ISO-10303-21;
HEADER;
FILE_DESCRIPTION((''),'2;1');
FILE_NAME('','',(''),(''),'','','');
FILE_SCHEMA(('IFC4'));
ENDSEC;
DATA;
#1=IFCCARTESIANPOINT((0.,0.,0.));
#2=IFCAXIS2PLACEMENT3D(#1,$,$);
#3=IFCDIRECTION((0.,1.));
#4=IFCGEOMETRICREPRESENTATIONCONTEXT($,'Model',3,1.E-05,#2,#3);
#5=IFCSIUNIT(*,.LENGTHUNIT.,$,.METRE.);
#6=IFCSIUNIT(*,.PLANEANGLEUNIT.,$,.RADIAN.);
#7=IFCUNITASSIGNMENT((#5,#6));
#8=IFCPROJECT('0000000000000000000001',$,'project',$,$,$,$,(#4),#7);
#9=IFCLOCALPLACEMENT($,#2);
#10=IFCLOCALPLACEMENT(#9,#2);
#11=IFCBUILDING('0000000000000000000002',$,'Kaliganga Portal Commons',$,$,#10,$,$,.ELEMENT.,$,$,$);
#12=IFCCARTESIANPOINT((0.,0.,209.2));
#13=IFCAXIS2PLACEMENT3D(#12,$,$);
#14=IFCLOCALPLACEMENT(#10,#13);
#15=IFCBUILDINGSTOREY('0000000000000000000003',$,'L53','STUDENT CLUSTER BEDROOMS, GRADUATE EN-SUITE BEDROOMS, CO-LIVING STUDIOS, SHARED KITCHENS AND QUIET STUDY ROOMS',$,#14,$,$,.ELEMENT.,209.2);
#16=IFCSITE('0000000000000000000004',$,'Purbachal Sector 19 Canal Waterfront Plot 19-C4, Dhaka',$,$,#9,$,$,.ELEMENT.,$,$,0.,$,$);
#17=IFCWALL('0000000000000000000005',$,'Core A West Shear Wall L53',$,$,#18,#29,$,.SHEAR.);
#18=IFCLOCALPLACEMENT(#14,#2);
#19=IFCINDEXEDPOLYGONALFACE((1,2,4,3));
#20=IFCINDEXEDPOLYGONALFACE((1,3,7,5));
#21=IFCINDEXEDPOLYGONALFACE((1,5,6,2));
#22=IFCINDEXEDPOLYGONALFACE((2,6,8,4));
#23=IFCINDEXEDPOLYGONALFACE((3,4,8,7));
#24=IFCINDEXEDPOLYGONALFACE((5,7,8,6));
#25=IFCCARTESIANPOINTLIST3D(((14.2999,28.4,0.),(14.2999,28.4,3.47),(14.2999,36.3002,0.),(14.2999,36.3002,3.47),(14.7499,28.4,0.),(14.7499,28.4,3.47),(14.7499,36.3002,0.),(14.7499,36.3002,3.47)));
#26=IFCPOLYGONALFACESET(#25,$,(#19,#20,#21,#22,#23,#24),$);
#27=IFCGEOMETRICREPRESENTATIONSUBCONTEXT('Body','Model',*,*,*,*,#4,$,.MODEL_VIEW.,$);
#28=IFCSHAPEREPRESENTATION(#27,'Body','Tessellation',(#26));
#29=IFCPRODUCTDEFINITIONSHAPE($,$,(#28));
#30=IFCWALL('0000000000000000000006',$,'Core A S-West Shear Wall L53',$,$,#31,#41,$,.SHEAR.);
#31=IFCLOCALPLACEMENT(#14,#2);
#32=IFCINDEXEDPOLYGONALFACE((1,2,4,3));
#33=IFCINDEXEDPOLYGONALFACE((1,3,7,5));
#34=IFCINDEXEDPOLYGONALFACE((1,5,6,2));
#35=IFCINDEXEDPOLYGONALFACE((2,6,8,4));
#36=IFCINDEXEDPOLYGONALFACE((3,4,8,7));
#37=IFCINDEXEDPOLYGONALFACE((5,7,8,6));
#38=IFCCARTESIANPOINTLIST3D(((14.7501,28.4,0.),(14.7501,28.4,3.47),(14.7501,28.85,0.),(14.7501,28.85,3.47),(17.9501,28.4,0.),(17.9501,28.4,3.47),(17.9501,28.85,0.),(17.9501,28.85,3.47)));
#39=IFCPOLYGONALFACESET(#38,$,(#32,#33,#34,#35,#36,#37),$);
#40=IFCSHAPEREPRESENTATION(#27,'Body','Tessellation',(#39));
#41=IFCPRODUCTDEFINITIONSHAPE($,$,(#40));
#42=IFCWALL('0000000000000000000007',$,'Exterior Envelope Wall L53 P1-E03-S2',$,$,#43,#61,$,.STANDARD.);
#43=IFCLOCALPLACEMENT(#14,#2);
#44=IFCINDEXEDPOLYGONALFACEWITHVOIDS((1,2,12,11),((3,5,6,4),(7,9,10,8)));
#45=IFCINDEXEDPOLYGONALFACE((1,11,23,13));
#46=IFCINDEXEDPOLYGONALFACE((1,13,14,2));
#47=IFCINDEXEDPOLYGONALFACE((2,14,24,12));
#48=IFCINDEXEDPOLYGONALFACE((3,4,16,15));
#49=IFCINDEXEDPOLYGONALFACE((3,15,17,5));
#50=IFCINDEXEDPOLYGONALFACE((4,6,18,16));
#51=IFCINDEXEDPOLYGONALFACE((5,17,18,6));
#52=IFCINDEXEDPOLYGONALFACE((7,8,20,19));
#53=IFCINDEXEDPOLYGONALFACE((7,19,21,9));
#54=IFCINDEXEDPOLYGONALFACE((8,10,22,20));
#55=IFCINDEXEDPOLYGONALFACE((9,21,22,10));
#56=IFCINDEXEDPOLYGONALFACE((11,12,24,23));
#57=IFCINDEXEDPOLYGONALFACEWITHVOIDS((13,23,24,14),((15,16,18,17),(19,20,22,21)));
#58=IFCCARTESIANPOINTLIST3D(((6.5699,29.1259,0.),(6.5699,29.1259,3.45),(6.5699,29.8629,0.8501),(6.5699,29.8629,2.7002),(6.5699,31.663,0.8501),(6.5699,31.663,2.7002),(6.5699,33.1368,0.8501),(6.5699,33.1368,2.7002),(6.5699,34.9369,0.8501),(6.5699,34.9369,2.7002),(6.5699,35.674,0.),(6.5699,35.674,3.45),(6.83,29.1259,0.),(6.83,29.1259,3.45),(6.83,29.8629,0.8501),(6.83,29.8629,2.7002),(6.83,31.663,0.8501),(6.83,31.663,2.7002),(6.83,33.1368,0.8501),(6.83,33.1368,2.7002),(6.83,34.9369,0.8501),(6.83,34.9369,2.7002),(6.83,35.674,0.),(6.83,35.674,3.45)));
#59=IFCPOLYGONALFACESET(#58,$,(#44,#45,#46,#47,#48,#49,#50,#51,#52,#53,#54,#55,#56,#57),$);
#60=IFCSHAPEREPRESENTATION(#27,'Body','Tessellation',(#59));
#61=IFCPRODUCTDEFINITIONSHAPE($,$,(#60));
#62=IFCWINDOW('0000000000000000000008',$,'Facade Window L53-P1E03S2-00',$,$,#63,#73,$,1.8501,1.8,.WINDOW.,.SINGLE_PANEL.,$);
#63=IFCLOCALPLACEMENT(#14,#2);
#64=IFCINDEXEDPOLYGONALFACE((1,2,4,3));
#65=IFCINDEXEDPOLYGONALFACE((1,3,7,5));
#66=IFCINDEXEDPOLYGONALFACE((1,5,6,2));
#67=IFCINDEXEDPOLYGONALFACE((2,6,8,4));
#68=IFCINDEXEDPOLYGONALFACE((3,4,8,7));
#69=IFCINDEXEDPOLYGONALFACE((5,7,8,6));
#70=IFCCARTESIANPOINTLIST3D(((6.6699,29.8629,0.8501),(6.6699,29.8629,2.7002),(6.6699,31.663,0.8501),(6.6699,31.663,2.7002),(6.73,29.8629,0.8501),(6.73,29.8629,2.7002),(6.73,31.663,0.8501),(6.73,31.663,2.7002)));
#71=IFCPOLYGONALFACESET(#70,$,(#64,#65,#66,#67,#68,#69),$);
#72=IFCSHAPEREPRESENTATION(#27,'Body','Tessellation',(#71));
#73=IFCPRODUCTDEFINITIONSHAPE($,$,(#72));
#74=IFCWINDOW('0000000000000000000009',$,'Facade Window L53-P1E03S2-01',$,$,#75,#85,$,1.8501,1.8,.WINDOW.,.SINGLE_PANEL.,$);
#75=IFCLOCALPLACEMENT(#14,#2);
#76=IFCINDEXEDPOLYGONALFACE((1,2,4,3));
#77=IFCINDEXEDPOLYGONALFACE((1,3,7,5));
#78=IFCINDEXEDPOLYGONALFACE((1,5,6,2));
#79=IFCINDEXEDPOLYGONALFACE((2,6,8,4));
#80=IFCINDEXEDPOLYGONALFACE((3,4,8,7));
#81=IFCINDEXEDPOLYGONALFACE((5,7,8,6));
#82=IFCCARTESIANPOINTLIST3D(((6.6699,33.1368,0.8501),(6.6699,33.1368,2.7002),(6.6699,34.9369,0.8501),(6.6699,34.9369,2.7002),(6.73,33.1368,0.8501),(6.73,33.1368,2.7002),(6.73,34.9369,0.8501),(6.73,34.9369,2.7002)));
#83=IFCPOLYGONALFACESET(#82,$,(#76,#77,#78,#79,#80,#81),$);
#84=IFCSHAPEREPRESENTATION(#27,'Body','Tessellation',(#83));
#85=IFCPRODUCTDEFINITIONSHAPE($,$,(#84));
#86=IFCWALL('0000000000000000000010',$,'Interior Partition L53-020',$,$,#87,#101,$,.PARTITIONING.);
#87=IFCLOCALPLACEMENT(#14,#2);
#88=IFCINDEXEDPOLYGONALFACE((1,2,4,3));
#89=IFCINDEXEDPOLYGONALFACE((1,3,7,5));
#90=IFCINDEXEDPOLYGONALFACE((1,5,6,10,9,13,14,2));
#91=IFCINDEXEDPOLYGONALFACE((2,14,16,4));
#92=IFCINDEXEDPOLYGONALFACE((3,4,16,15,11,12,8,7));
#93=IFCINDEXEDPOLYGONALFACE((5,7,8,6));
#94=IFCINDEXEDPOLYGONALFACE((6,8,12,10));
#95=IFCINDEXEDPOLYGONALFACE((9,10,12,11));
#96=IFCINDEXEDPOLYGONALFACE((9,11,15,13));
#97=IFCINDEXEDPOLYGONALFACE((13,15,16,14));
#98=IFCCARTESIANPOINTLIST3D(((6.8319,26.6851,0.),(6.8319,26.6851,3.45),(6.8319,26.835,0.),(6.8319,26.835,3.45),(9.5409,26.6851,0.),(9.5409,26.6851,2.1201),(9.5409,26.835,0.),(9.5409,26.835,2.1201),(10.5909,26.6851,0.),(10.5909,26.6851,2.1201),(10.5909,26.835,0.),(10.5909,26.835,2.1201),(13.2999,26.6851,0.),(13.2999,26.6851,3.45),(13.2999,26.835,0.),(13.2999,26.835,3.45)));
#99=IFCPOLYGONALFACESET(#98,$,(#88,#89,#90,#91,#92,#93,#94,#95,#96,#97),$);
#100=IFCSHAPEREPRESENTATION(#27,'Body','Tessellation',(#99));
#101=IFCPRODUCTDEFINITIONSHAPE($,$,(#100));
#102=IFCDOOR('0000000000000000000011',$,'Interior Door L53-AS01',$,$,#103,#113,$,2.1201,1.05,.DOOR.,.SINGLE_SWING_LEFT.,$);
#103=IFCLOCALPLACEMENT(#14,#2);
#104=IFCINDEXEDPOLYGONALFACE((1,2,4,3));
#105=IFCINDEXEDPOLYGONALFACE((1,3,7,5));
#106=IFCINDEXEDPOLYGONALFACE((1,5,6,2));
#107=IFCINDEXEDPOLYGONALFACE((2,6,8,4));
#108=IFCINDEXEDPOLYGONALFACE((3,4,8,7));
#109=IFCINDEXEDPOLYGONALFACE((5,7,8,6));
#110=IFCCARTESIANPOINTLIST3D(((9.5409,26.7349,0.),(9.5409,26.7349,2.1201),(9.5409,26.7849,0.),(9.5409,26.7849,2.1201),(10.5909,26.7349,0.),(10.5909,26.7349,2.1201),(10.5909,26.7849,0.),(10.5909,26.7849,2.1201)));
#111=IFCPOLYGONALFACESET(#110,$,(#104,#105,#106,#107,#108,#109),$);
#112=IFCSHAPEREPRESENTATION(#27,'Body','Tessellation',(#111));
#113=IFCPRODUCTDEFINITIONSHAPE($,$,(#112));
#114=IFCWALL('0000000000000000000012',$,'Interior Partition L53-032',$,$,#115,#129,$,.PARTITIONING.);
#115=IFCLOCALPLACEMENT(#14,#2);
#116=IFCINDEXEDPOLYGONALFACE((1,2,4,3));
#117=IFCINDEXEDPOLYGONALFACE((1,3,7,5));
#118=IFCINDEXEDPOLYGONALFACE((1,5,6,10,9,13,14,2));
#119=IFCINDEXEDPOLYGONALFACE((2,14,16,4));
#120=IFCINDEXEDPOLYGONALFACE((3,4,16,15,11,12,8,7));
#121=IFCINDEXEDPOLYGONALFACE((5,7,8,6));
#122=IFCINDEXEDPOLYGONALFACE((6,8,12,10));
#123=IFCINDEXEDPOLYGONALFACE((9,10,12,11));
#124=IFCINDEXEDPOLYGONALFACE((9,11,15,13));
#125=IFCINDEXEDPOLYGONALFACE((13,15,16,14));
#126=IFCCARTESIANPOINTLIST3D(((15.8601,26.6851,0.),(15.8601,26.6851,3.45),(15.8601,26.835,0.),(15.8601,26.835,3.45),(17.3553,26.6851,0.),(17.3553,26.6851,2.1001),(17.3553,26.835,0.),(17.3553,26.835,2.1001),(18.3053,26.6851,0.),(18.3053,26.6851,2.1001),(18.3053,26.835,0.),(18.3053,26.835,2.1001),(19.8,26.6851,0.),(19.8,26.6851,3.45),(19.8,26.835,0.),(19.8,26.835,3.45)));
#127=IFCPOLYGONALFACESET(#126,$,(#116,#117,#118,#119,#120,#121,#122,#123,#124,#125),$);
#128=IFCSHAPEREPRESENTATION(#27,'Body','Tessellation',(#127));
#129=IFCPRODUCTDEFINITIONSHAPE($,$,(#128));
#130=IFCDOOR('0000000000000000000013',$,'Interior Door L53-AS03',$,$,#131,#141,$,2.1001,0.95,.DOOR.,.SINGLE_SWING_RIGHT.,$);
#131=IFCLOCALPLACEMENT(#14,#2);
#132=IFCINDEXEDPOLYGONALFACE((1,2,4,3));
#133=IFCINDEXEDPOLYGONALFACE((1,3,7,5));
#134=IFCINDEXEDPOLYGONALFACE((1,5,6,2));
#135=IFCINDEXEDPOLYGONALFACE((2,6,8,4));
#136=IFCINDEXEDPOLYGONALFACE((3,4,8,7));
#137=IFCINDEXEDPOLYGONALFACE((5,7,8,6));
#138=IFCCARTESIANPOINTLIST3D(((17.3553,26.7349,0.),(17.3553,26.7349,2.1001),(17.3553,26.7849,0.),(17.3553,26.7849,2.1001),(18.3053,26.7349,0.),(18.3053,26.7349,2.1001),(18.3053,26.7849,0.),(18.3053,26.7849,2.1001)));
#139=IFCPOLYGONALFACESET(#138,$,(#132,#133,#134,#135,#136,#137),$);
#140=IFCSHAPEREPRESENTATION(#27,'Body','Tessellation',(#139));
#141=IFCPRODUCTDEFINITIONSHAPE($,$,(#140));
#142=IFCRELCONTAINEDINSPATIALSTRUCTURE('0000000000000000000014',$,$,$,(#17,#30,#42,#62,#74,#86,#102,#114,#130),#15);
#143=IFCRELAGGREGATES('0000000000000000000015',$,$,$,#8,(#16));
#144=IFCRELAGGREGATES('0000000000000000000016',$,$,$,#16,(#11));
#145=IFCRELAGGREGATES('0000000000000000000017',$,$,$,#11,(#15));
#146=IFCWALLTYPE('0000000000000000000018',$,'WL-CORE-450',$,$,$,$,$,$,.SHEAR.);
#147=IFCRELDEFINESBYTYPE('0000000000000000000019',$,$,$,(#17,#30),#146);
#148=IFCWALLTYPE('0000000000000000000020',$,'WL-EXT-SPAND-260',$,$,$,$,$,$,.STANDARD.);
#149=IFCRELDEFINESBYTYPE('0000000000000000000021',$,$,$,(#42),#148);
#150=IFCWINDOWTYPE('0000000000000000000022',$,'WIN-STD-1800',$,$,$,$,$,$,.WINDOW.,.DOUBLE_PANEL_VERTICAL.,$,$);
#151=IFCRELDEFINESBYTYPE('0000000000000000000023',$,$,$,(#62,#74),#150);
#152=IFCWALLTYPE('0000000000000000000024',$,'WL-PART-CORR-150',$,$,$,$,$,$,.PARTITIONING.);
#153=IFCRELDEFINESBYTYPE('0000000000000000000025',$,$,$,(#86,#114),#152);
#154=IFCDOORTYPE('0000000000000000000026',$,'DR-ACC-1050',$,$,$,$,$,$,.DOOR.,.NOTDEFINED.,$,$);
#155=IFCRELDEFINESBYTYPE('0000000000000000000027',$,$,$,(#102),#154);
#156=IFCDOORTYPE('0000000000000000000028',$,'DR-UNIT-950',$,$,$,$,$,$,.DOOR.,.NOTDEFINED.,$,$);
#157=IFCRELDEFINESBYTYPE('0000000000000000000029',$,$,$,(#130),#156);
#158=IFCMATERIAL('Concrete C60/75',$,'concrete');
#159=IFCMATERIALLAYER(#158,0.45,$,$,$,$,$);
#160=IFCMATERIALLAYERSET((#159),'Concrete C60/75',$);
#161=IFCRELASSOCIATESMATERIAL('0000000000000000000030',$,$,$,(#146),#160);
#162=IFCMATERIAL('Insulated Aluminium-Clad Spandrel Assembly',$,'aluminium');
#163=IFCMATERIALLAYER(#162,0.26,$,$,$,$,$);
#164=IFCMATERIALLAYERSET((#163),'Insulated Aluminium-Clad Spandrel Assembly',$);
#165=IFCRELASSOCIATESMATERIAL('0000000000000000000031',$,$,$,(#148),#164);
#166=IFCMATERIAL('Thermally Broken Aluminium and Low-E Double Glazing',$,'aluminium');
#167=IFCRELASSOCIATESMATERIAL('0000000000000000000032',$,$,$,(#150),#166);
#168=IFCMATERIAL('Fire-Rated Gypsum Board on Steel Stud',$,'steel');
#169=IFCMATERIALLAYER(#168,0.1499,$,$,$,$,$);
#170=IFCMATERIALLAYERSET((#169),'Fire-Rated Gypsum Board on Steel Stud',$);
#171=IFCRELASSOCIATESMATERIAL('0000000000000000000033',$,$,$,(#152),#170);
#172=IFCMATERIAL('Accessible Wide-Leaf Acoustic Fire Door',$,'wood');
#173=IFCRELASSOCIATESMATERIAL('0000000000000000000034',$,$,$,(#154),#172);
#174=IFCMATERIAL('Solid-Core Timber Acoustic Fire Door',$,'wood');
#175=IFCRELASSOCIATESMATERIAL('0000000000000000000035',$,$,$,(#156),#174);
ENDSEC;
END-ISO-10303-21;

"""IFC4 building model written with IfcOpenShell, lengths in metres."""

from ifc_helpers import new_model, si_unit, direction, frame, frame_2d, origin, place, context, subcontext, project, spatial, rectangle, extrude, material, layer, layer_set, type_object, element, fill, save


model = new_model("IFC4")

# Units and contexts
model_context = context("Model", 3, precision=1e-05, world=origin(), true_north=direction((0.0, 1.0)))
body_context = subcontext(model_context, "Body", "Model", "MODEL_VIEW")
ifc_project = project(units=[si_unit("LENGTHUNIT", "METRE"), si_unit("PLANEANGLEUNIT", "RADIAN")], contexts=[model_context])

# Site, building, storey
site_placement = place(None, origin())
site = spatial("IfcSite", under=ifc_project, at=site_placement, Name="Purbachal Sector 19 Canal Waterfront Plot 19-C4, Dhaka", CompositionType="ELEMENT", RefElevation=0.0)
building_placement = place(site_placement, origin())
building = spatial("IfcBuilding", under=site, at=building_placement, Name="Kaliganga Portal Commons", CompositionType="ELEMENT")
storey_placement = place(building_placement, frame((0.0, 0.0, 209.2)))
storey = spatial("IfcBuildingStorey", under=building, at=storey_placement, Name="L53", Description="STUDENT CLUSTER BEDROOMS, GRADUATE EN-SUITE BEDROOMS, CO-LIVING STUDIOS, SHARED KITCHENS AND QUIET STUDY ROOMS", CompositionType="ELEMENT", Elevation=209.2)

# Walls
ifc_material_1 = material(Name="Concrete C60/75", Category="concrete")
ifc_layer_1 = layer(ifc_material_1, 0.45)
ifc_layer_set_1 = layer_set([ifc_layer_1], Name="Concrete C60/75")
wall_type_1 = type_object("IfcWallType", Name="WL-CORE-450", PredefinedType="SHEAR", material=ifc_layer_set_1)
wall_1_placement = place(storey_placement, frame((14.5249, 28.3999, 0.0), z_axis=(0.0, 0.0, 1.0), x_axis=(0.0, 1.0, 0.0)))
element("IfcWall", 1, at=wall_1_placement, inside=storey, type_object=wall_type_1, Name="Core A West Shear Wall L53", PredefinedType="SHEAR", context=body_context, shape_type="SweptSolid", body=[
    extrude(rectangle(XDim=7.9001, YDim=0.45, at=frame_2d((3.9502, 0.0))), origin(), (0.0, 0.0, 1.0), 3.47),
])
wall_2_placement = place(storey_placement, frame((14.75, 28.625, 0.0), z_axis=(0.0, 0.0, 1.0), x_axis=(1.0, 0.0, 0.0)))
element("IfcWall", 2, at=wall_2_placement, inside=storey, type_object=wall_type_1, Name="Core A S-West Shear Wall L53", PredefinedType="SHEAR", context=body_context, shape_type="SweptSolid", body=[
    extrude(rectangle(XDim=3.2, YDim=0.45, at=frame_2d((1.6001, 0.0))), origin(), (0.0, 0.0, 1.0), 3.47),
])

# Wall, openings, windows
ifc_material_2 = material(Name="Insulated Aluminium-Clad Spandrel Assembly", Category="aluminium")
ifc_layer_2 = layer(ifc_material_2, 0.26)
ifc_layer_set_2 = layer_set([ifc_layer_2], Name="Insulated Aluminium-Clad Spandrel Assembly")
wall_type_2 = type_object("IfcWallType", Name="WL-EXT-SPAND-260", PredefinedType="STANDARD", material=ifc_layer_set_2)
wall_3_placement = place(storey_placement, frame((6.7, 29.126, 0.0), z_axis=(0.0, 0.0, 1.0), x_axis=(0.0, 1.0, 0.0)))
wall_3 = element("IfcWall", 3, at=wall_3_placement, inside=storey, type_object=wall_type_2, Name="Exterior Envelope Wall L53 P1-E03-S2", PredefinedType="STANDARD", context=body_context, shape_type="SweptSolid", body=[
    extrude(rectangle(XDim=6.5481, YDim=0.26, at=frame_2d((3.2739, 0.0))), origin(), (0.0, 0.0, 1.0), 3.45),
])
opening_1_placement = place(wall_3_placement, frame((0.7371, 0.0, 0.8501)))
opening_1 = element("IfcOpeningElement", 4, at=opening_1_placement, cuts=wall_3, PredefinedType="OPENING", context=body_context, shape_type="SweptSolid", body=[
    extrude(rectangle(XDim=1.8, YDim=1.8501, at=frame_2d((0.8999, 0.925))), frame((0.0, 0.1401, 0.0), z_axis=(0.0, -1.0, 0.0), x_axis=(1.0, 0.0, 0.0)), (0.0, 0.0, 1.0), 0.28),
])
opening_2_placement = place(wall_3_placement, frame((4.011, 0.0, 0.8501)))
opening_2 = element("IfcOpeningElement", 5, at=opening_2_placement, cuts=wall_3, PredefinedType="OPENING", context=body_context, shape_type="SweptSolid", body=[
    extrude(rectangle(XDim=1.8, YDim=1.8501, at=frame_2d((0.8999, 0.925))), frame((0.0, 0.1401, 0.0), z_axis=(0.0, -1.0, 0.0), x_axis=(1.0, 0.0, 0.0)), (0.0, 0.0, 1.0), 0.28),
])
ifc_material_3 = material(Name="Thermally Broken Aluminium and Low-E Double Glazing", Category="aluminium")
window_type = type_object("IfcWindowType", Name="WIN-STD-1800", PartitioningType="DOUBLE_PANEL_VERTICAL", PredefinedType="WINDOW", material=ifc_material_3)
window_1_placement = place(opening_1_placement, origin())
window_1 = element("IfcWindow", 6, at=window_1_placement, inside=storey, type_object=window_type, Name="Facade Window L53-P1E03S2-00", OverallHeight=1.8501, OverallWidth=1.8, PartitioningType="SINGLE_PANEL", PredefinedType="WINDOW", context=body_context, shape_type="SweptSolid", body=[
    extrude(rectangle(XDim=1.8, YDim=1.8501, at=frame_2d((0.8999, 0.925))), frame((0.0, 0.03, 0.0), z_axis=(0.0, -1.0, 0.0), x_axis=(1.0, 0.0, 0.0)), (0.0, 0.0, 1.0), 0.0601),
])
fill(opening_1, window_1)
window_2_placement = place(opening_2_placement, origin())
window_2 = element("IfcWindow", 7, at=window_2_placement, inside=storey, type_object=window_type, Name="Facade Window L53-P1E03S2-01", OverallHeight=1.8501, OverallWidth=1.8, PartitioningType="SINGLE_PANEL", PredefinedType="WINDOW", context=body_context, shape_type="SweptSolid", body=[
    extrude(rectangle(XDim=1.8, YDim=1.8501, at=frame_2d((0.8999, 0.925))), frame((0.0, 0.03, 0.0), z_axis=(0.0, -1.0, 0.0), x_axis=(1.0, 0.0, 0.0)), (0.0, 0.0, 1.0), 0.0601),
])
fill(opening_2, window_2)

# Walls, openings, doors
ifc_material_4 = material(Name="Fire-Rated Gypsum Board on Steel Stud", Category="steel")
ifc_layer_3 = layer(ifc_material_4, 0.1499)
ifc_layer_set_3 = layer_set([ifc_layer_3], Name="Fire-Rated Gypsum Board on Steel Stud")
wall_type_3 = type_object("IfcWallType", Name="WL-PART-CORR-150", PredefinedType="PARTITIONING", material=ifc_layer_set_3)
wall_4_placement = place(storey_placement, frame((6.832, 26.76, 0.0), z_axis=(0.0, 0.0, 1.0), x_axis=(1.0, 0.0, 0.0)))
wall_4 = element("IfcWall", 8, at=wall_4_placement, inside=storey, type_object=wall_type_3, Name="Interior Partition L53-020", PredefinedType="PARTITIONING", context=body_context, shape_type="SweptSolid", body=[
    extrude(rectangle(XDim=6.468, YDim=0.1499, at=frame_2d((3.2339, 0.0))), origin(), (0.0, 0.0, 1.0), 3.45),
])
opening_3_placement = place(wall_4_placement, frame((2.709, 0.0, 0.0)))
opening_3 = element("IfcOpeningElement", 9, at=opening_3_placement, cuts=wall_4, PredefinedType="OPENING", context=body_context, shape_type="SweptSolid", body=[
    extrude(rectangle(XDim=1.05, YDim=2.1201, at=frame_2d((0.5249, 1.0601))), frame((0.0, 0.085, 0.0), z_axis=(0.0, -1.0, 0.0), x_axis=(1.0, 0.0, 0.0)), (0.0, 0.0, 1.0), 0.1699),
])
ifc_material_5 = material(Name="Accessible Wide-Leaf Acoustic Fire Door", Category="wood")
door_type_1 = type_object("IfcDoorType", Name="DR-ACC-1050", OperationType="NOTDEFINED", PredefinedType="DOOR", material=ifc_material_5)
door_1_placement = place(opening_3_placement, origin())
door_1 = element("IfcDoor", 10, at=door_1_placement, inside=storey, type_object=door_type_1, Name="Interior Door L53-AS01", OperationType="SINGLE_SWING_LEFT", OverallHeight=2.1201, OverallWidth=1.05, PredefinedType="DOOR", context=body_context, shape_type="SweptSolid", body=[
    extrude(rectangle(XDim=1.05, YDim=2.1201, at=frame_2d((0.5249, 1.0601))), frame((0.0, 0.0249, 0.0), z_axis=(0.0, -1.0, 0.0), x_axis=(1.0, 0.0, 0.0)), (0.0, 0.0, 1.0), 0.05),
])
fill(opening_3, door_1)
wall_5_placement = place(storey_placement, frame((15.8601, 26.76, 0.0), z_axis=(0.0, 0.0, 1.0), x_axis=(1.0, 0.0, 0.0)))
wall_5 = element("IfcWall", 11, at=wall_5_placement, inside=storey, type_object=wall_type_3, Name="Interior Partition L53-032", PredefinedType="PARTITIONING", context=body_context, shape_type="SweptSolid", body=[
    extrude(rectangle(XDim=3.9399, YDim=0.1499, at=frame_2d((1.97, 0.0))), origin(), (0.0, 0.0, 1.0), 3.45),
])
opening_4_placement = place(wall_5_placement, frame((1.4951, 0.0, 0.0)))
opening_4 = element("IfcOpeningElement", 12, at=opening_4_placement, cuts=wall_5, PredefinedType="OPENING", context=body_context, shape_type="SweptSolid", body=[
    extrude(rectangle(XDim=0.95, YDim=2.1001, at=frame_2d((0.4751, 1.05))), frame((0.0, 0.085, 0.0), z_axis=(0.0, -1.0, 0.0), x_axis=(1.0, 0.0, 0.0)), (0.0, 0.0, 1.0), 0.1699),
])
ifc_material_6 = material(Name="Solid-Core Timber Acoustic Fire Door", Category="wood")
door_type_2 = type_object("IfcDoorType", Name="DR-UNIT-950", OperationType="NOTDEFINED", PredefinedType="DOOR", material=ifc_material_6)
door_2_placement = place(opening_4_placement, origin())
door_2 = element("IfcDoor", 13, at=door_2_placement, inside=storey, type_object=door_type_2, Name="Interior Door L53-AS03", OperationType="SINGLE_SWING_RIGHT", OverallHeight=2.1001, OverallWidth=0.95, PredefinedType="DOOR", context=body_context, shape_type="SweptSolid", body=[
    extrude(rectangle(XDim=0.95, YDim=2.1001, at=frame_2d((0.4751, 1.05))), frame((0.0, 0.0249, 0.0), z_axis=(0.0, -1.0, 0.0), x_axis=(1.0, 0.0, 0.0)), (0.0, 0.0, 1.0), 0.05),
])
fill(opening_4, door_2)

save(model, "model.ifc")
